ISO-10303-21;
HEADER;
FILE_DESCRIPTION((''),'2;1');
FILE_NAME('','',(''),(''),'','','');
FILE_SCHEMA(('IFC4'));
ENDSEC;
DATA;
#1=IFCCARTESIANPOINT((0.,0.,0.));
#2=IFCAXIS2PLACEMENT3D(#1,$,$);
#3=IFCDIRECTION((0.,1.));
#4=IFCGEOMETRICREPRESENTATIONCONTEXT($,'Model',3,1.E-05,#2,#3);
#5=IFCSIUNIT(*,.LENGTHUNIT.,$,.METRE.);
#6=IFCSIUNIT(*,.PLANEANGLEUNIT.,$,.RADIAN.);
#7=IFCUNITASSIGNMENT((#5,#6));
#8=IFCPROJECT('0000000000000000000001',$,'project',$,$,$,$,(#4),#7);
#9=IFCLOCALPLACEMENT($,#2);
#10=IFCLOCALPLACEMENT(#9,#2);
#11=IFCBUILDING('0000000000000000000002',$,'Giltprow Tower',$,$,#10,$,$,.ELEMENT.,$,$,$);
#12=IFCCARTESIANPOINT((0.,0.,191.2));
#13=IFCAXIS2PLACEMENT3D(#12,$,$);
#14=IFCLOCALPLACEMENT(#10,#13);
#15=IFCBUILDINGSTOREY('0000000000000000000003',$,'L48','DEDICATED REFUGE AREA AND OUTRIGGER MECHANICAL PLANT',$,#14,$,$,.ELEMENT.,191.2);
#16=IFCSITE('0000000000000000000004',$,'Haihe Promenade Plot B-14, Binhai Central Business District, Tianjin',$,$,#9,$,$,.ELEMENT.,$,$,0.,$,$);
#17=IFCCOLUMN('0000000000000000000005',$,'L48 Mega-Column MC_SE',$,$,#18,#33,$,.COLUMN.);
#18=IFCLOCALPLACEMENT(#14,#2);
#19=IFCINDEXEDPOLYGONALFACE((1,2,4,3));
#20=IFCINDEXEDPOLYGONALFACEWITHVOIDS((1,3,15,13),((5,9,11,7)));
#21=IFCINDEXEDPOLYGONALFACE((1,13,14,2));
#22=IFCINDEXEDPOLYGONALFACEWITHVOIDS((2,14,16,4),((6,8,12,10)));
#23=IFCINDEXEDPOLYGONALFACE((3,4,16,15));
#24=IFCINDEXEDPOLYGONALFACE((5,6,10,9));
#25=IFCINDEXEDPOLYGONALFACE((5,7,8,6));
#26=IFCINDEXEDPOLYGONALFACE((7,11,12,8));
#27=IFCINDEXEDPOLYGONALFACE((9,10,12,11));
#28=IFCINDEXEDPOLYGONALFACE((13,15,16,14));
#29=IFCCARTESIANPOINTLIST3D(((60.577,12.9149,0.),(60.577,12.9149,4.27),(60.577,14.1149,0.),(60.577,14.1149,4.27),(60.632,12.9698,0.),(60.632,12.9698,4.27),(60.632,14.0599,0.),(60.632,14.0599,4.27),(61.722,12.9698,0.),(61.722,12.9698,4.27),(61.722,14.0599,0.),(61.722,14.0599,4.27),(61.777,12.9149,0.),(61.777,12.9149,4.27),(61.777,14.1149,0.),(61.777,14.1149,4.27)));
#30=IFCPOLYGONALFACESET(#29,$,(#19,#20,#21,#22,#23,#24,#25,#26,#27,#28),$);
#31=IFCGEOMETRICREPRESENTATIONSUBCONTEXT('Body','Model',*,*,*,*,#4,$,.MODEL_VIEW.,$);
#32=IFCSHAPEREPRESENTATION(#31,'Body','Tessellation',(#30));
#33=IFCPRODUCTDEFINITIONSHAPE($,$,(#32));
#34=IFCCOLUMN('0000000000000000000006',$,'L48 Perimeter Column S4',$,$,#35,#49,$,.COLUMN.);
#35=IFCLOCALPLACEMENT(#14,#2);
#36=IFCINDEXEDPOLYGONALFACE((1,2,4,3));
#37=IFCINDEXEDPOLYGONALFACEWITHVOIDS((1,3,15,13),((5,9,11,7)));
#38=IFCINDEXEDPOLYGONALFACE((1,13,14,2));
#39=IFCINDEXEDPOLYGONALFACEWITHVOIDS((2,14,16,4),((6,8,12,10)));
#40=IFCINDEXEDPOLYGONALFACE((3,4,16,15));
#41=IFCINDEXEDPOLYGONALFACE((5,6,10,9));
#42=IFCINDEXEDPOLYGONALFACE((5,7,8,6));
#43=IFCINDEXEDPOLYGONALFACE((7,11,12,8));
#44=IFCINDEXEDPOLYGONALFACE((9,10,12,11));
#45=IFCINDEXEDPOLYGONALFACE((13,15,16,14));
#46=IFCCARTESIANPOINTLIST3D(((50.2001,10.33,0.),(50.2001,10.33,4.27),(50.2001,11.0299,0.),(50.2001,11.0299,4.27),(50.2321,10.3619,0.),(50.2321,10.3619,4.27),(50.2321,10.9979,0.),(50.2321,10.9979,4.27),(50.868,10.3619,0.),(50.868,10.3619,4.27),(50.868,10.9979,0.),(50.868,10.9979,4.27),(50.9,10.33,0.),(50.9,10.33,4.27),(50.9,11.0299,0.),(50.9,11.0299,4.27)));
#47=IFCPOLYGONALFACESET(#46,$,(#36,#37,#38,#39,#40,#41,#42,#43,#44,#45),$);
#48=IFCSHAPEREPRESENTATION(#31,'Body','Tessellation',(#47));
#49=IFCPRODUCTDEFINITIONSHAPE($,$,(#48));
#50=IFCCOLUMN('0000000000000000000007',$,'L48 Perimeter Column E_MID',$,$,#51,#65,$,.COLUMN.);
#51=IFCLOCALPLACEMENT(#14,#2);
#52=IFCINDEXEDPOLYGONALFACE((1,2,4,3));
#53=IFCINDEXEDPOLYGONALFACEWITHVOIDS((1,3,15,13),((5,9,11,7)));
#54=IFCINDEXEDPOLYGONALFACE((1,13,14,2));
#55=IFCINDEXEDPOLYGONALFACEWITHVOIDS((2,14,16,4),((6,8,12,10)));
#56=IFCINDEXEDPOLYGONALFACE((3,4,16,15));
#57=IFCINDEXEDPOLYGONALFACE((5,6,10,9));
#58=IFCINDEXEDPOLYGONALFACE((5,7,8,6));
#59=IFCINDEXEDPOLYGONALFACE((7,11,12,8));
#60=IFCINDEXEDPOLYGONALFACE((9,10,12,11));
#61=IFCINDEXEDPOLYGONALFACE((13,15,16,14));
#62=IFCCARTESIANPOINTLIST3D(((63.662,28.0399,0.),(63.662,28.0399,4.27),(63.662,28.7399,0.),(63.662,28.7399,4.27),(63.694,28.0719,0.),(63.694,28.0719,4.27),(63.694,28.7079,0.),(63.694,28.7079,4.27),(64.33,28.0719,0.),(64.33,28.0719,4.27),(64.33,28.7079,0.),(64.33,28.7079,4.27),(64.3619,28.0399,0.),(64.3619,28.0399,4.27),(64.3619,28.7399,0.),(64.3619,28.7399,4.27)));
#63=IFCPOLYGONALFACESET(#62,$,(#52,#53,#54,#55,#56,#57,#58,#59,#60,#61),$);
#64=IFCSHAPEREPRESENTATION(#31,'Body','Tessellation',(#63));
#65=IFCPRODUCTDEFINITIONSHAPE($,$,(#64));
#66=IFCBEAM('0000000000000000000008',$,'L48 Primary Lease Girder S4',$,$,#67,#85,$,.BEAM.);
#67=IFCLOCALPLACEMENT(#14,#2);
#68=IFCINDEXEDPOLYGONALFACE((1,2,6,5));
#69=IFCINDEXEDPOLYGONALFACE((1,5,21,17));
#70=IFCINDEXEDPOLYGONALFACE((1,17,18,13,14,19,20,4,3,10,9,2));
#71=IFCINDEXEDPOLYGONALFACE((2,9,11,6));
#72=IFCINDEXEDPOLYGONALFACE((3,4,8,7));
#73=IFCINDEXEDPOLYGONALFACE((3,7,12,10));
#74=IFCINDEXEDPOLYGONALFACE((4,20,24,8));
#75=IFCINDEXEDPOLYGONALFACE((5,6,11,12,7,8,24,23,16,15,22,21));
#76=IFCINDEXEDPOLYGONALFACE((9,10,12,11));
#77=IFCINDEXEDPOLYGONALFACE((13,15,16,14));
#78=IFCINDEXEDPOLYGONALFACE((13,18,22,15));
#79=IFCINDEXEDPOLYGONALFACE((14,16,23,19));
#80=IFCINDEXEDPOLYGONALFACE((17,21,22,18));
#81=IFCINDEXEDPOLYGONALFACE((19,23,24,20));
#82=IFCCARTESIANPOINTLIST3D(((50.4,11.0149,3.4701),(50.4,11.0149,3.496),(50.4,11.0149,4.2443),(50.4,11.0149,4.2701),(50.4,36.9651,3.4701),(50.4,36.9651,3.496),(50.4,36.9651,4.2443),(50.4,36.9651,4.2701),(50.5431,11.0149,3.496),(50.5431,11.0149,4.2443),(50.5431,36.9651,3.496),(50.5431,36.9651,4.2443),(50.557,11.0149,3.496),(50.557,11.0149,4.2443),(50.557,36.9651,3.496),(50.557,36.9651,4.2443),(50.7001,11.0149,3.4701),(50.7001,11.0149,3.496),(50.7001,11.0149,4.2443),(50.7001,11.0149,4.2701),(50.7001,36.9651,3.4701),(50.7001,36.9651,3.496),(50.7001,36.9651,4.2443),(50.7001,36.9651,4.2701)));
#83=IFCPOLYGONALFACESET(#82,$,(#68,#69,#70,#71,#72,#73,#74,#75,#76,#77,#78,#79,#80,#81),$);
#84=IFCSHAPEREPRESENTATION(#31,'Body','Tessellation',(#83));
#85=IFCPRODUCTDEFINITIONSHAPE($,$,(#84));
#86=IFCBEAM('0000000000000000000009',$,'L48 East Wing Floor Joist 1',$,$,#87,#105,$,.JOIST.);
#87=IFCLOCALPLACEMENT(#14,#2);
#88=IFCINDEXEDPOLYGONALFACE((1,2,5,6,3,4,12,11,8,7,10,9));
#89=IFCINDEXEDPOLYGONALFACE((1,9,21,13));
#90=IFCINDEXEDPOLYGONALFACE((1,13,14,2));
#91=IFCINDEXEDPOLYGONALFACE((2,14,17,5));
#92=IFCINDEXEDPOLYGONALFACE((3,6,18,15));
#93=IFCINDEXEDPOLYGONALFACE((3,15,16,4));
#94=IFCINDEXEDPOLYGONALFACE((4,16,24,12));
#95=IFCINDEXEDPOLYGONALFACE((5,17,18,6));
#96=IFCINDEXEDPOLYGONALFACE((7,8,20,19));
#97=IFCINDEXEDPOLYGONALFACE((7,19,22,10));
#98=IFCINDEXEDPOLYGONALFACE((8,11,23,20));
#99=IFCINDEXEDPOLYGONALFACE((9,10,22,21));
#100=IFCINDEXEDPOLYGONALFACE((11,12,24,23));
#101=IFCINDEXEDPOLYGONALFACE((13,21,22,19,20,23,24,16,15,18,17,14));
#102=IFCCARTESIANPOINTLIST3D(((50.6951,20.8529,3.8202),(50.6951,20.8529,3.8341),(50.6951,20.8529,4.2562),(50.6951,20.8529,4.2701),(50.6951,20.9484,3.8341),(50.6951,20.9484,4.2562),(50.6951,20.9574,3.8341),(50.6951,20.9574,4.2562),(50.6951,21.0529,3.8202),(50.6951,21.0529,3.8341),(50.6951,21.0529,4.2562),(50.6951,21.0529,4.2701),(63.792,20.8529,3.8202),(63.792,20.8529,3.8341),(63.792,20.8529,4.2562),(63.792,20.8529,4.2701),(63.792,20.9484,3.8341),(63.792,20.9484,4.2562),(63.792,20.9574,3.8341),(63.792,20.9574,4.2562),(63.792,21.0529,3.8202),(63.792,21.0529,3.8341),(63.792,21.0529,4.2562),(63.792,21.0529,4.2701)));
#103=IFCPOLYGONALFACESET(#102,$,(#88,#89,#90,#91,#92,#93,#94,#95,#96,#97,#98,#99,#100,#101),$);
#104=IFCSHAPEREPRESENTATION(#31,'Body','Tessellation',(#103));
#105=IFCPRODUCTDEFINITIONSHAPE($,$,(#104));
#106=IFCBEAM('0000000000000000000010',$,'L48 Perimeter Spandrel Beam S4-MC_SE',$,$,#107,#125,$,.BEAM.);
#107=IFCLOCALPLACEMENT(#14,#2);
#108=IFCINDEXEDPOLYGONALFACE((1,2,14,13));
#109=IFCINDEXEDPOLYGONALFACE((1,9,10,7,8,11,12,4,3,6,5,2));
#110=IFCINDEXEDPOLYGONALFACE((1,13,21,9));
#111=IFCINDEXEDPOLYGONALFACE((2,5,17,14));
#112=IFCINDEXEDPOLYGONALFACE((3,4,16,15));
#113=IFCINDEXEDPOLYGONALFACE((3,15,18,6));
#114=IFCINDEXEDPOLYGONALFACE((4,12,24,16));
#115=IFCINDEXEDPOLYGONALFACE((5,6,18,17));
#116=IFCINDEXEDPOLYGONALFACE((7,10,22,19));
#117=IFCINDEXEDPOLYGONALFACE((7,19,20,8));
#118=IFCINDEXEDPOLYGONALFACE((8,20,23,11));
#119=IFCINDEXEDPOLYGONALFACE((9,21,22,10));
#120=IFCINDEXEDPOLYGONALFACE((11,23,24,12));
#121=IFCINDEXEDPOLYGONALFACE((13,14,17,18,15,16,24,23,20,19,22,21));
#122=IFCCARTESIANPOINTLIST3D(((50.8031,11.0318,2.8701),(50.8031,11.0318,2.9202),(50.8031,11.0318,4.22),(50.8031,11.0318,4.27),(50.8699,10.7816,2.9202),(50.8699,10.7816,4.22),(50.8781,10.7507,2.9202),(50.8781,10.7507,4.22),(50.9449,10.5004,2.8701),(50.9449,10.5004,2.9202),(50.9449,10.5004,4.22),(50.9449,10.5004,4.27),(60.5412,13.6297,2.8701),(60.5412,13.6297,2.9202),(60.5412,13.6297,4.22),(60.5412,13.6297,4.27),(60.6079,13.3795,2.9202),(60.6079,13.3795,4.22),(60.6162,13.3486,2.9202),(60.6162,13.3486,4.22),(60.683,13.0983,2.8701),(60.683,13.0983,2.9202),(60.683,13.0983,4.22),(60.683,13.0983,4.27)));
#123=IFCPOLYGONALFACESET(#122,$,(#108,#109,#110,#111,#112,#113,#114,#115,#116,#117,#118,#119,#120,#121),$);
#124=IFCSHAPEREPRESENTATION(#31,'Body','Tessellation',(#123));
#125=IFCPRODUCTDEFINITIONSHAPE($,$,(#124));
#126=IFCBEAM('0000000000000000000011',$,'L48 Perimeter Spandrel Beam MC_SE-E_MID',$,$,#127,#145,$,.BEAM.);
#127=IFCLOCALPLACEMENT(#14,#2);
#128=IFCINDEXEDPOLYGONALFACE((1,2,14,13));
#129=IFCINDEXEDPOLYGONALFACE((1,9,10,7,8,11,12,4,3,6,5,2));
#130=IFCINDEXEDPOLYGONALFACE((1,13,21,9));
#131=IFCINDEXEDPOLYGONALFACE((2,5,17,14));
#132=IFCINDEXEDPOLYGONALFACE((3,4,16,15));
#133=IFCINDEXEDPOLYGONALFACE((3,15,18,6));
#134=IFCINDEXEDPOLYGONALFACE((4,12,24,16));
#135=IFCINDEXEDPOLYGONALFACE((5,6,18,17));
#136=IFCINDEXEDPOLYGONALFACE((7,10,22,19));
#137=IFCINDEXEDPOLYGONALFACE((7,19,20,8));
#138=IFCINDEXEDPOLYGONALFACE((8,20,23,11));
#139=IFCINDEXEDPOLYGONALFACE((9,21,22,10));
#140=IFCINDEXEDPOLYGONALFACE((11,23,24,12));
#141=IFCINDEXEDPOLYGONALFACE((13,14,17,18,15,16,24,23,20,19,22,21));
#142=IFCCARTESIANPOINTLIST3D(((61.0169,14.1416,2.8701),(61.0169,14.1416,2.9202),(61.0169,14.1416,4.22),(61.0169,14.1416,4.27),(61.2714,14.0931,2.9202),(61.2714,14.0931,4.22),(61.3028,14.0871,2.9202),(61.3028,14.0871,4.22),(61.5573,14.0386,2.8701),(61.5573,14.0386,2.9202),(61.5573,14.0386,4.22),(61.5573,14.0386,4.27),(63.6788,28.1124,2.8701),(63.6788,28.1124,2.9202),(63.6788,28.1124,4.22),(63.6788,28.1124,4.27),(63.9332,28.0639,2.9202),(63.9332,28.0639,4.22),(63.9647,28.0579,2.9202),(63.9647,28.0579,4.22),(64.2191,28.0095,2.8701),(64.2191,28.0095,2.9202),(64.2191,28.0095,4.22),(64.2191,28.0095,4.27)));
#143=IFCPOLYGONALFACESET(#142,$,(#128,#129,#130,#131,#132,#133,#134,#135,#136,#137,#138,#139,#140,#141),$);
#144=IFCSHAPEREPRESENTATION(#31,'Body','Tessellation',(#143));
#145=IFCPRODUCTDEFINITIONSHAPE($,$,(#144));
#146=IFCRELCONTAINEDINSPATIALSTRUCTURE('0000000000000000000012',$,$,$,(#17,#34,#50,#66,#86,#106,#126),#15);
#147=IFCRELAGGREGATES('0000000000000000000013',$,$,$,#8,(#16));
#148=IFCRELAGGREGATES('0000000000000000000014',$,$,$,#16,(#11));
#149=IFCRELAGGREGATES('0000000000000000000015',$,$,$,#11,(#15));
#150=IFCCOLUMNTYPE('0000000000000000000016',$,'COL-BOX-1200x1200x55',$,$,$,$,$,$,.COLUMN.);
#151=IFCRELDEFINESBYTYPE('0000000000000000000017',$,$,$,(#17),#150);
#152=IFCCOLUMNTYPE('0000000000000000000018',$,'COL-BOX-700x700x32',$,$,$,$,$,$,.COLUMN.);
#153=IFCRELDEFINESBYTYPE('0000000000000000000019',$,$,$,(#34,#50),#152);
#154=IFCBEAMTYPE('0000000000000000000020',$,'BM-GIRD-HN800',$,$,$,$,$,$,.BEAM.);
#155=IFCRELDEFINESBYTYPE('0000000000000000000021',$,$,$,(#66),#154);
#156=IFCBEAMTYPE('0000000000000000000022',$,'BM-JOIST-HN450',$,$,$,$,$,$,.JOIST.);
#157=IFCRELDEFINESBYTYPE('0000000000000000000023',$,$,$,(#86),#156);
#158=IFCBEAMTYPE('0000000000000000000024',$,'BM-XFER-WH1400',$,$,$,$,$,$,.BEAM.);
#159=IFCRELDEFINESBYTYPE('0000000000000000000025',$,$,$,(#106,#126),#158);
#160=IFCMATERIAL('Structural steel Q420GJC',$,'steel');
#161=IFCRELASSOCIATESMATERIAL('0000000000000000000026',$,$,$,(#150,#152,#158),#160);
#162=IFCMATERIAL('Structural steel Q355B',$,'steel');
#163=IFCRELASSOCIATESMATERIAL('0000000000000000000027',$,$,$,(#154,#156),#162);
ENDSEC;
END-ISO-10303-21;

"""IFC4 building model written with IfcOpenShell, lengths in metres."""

from ifc_helpers import new_model, si_unit, direction, frame, origin, origin_2d, place, context, subcontext, project, spatial, hollow_rectangle, i_section, extrude, source, transform, mapped, material, material_profile, profile_set, type_object, element, save


model = new_model("IFC4")

# Units and contexts
model_context = context("Model", 3, precision=1e-05, world=origin(), true_north=direction((0.0, 1.0)))
body_context = subcontext(model_context, "Body", "Model", "MODEL_VIEW")
ifc_project = project(units=[si_unit("LENGTHUNIT", "METRE"), si_unit("PLANEANGLEUNIT", "RADIAN")], contexts=[model_context])

# Site, building, storey
site_placement = place(None, origin())
site = spatial("IfcSite", under=ifc_project, at=site_placement, Name="Haihe Promenade Plot B-14, Binhai Central Business District, Tianjin", CompositionType="ELEMENT", RefElevation=0.0)
building_placement = place(site_placement, origin())
building = spatial("IfcBuilding", under=site, at=building_placement, Name="Giltprow Tower", CompositionType="ELEMENT")
storey_placement = place(building_placement, frame((0.0, 0.0, 191.2)))
storey = spatial("IfcBuildingStorey", under=building, at=storey_placement, Name="L48", Description="DEDICATED REFUGE AREA AND OUTRIGGER MECHANICAL PLANT", CompositionType="ELEMENT", Elevation=191.2)

# Columns
ifc_material_1 = material(Name="Structural steel Q420GJC", Category="steel")
ifc_material_profile_1 = material_profile(ifc_material_1, hollow_rectangle(XDim=1.2, YDim=1.2, WallThickness=0.0549, at=origin_2d()), Name="BOX 1200x1200x55")
ifc_profile_set_1 = profile_set([ifc_material_profile_1], Name="Structural steel Q420GJC")
column_type_1 = type_object("IfcColumnType", Name="COL-BOX-1200x1200x55", PredefinedType="COLUMN", material=ifc_profile_set_1)
shared_shape_1 = source(origin(), body_context, "Body", "SweptSolid", [
    extrude(hollow_rectangle(XDim=1.2, YDim=1.2, WallThickness=0.0549, at=origin_2d()), origin(), (0.0, 0.0, 1.0), 4.27),
])
column_placement = place(storey_placement, frame((61.177, 13.5149, 0.0), z_axis=(0.0, 0.0, 1.0), x_axis=(1.0, 0.0, 0.0)))
element("IfcColumn", 1, at=column_placement, inside=storey, type_object=column_type_1, Name="L48 Mega-Column MC_SE", PredefinedType="COLUMN", context=body_context, shape_type="MappedRepresentation", body=[
    mapped(shared_shape_1, transform((0.0, 0.0, 0.0), x_axis=(1.0, 0.0, 0.0), y_axis=(0.0, 1.0, 0.0), z_axis=(0.0, 0.0, 1.0), scale=1.0)),
])
ifc_material_profile_2 = material_profile(ifc_material_1, hollow_rectangle(XDim=0.7, YDim=0.7, WallThickness=0.032, at=origin_2d()), Name="BOX 700x700x32")
ifc_profile_set_2 = profile_set([ifc_material_profile_2], Name="Structural steel Q420GJC")
column_type_2 = type_object("IfcColumnType", Name="COL-BOX-700x700x32", PredefinedType="COLUMN", material=ifc_profile_set_2)
shared_shape_2 = source(origin(), body_context, "Body", "SweptSolid", [
    extrude(hollow_rectangle(XDim=0.7, YDim=0.7, WallThickness=0.032, at=origin_2d()), origin(), (0.0, 0.0, 1.0), 4.27),
])
for number, where, z_axis, x_axis, name in (
    (2, (50.55, 10.6799, 0.0), (0.0, 0.0, 1.0), (1.0, 0.0, 0.0), "L48 Perimeter Column S4"),
    (3, (64.012, 28.3899, 0.0), (0.0, 0.0, 1.0), (1.0, 0.0, 0.0), "L48 Perimeter Column E_MID"),
):
    element("IfcColumn", number, at=place(storey_placement, frame(where, z_axis=z_axis, x_axis=x_axis)), inside=storey, type_object=column_type_2, Name=name, PredefinedType="COLUMN", context=body_context, shape_type="MappedRepresentation", body=[
        mapped(shared_shape_2, transform((0.0, 0.0, 0.0), x_axis=(1.0, 0.0, 0.0), y_axis=(0.0, 1.0, 0.0), z_axis=(0.0, 0.0, 1.0), scale=1.0)),
    ])

# Beams
ifc_material_2 = material(Name="Structural steel Q355B", Category="steel")
ifc_material_profile_3 = material_profile(ifc_material_2, i_section(OverallWidth=0.3, OverallDepth=0.8, WebThickness=0.0139, FlangeThickness=0.0259, at=origin_2d()), Name="HN 800x300x14x26")
ifc_profile_set_3 = profile_set([ifc_material_profile_3], Name="Structural steel Q355B")
beam_type_1 = type_object("IfcBeamType", Name="BM-GIRD-HN800", PredefinedType="BEAM", material=ifc_profile_set_3)
shared_shape_3 = source(origin(), body_context, "Body", "SweptSolid", [
    extrude(i_section(OverallWidth=0.3, OverallDepth=0.8, WebThickness=0.0139, FlangeThickness=0.0259, at=origin_2d()), origin(), (0.0, 0.0, 1.0), 25.9502),
])
beam_1_placement = place(storey_placement, frame((50.55, 11.0149, 3.8701), z_axis=(0.0, 1.0, 0.0), x_axis=(-1.0, 0.0, 0.0)))
element("IfcBeam", 4, at=beam_1_placement, inside=storey, type_object=beam_type_1, Name="L48 Primary Lease Girder S4", PredefinedType="BEAM", context=body_context, shape_type="MappedRepresentation", body=[
    mapped(shared_shape_3, transform((0.0, 0.0, 0.0), x_axis=(1.0, 0.0, 0.0), y_axis=(0.0, 1.0, 0.0), z_axis=(0.0, 0.0, 1.0), scale=1.0)),
])
ifc_material_profile_4 = material_profile(ifc_material_2, i_section(OverallWidth=0.2, OverallDepth=0.45, WebThickness=0.009, FlangeThickness=0.0139, at=origin_2d()), Name="HN 450x200x9x14")
ifc_profile_set_4 = profile_set([ifc_material_profile_4], Name="Structural steel Q355B")
beam_type_2 = type_object("IfcBeamType", Name="BM-JOIST-HN450", PredefinedType="JOIST", material=ifc_profile_set_4)
shared_shape_4 = source(origin(), body_context, "Body", "SweptSolid", [
    extrude(i_section(OverallWidth=0.2, OverallDepth=0.45, WebThickness=0.009, FlangeThickness=0.0139, at=origin_2d()), origin(), (0.0, 0.0, 1.0), 13.0969),
])
beam_2_placement = place(storey_placement, frame((50.6951, 20.9529, 4.0452), z_axis=(1.0, 0.0, 0.0), x_axis=(0.0, 1.0, 0.0)))
element("IfcBeam", 5, at=beam_2_placement, inside=storey, type_object=beam_type_2, Name="L48 East Wing Floor Joist 1", PredefinedType="JOIST", context=body_context, shape_type="MappedRepresentation", body=[
    mapped(shared_shape_4, transform((0.0, 0.0, 0.0), x_axis=(1.0, 0.0, 0.0), y_axis=(0.0, 1.0, 0.0), z_axis=(0.0, 0.0, 1.0), scale=1.0)),
])
ifc_material_profile_5 = material_profile(ifc_material_1, i_section(OverallWidth=0.55, OverallDepth=1.3999, WebThickness=0.032, FlangeThickness=0.05, at=origin_2d()), Name="WH 1400x550x32x50")
ifc_profile_set_5 = profile_set([ifc_material_profile_5], Name="Structural steel Q420GJC")
beam_type_3 = type_object("IfcBeamType", Name="BM-XFER-WH1400", PredefinedType="BEAM", material=ifc_profile_set_5)
shared_shape_5 = source(origin(), body_context, "Body", "SweptSolid", [
    extrude(i_section(OverallWidth=0.55, OverallDepth=1.3999, WebThickness=0.032, FlangeThickness=0.05, at=origin_2d()), origin(), (0.0, 0.0, 1.0), 10.0786),
])
beam_3_placement = place(storey_placement, frame((50.874, 10.7661, 3.5701), z_axis=(0.966208, 0.257764, 0.0), x_axis=(-0.257764, 0.966208, 0.0)))
element("IfcBeam", 6, at=beam_3_placement, inside=storey, type_object=beam_type_3, Name="L48 Perimeter Spandrel Beam S4-MC_SE", PredefinedType="BEAM", context=body_context, shape_type="MappedRepresentation", body=[
    mapped(shared_shape_5, transform((0.0, 0.0, 0.0), x_axis=(1.0, 0.0, 0.0), y_axis=(0.0, 1.0, 0.0), z_axis=(0.0, 0.0, 1.0), scale=1.0)),
])
shared_shape_6 = source(origin(), body_context, "Body", "SweptSolid", [
    extrude(i_section(OverallWidth=0.55, OverallDepth=1.3999, WebThickness=0.032, FlangeThickness=0.05, at=origin_2d()), origin(), (0.0, 0.0, 1.0), 14.2222),
])
beam_4_placement = place(storey_placement, frame((61.2871, 14.0901, 3.5701), z_axis=(0.187162, 0.982329, 0.0), x_axis=(-0.982329, 0.187162, 0.0)))
element("IfcBeam", 7, at=beam_4_placement, inside=storey, type_object=beam_type_3, Name="L48 Perimeter Spandrel Beam MC_SE-E_MID", PredefinedType="BEAM", context=body_context, shape_type="MappedRepresentation", body=[
    mapped(shared_shape_6, transform((0.0, 0.0, 0.0), x_axis=(1.0, 0.0, 0.0), y_axis=(0.0, 1.0, 0.0), z_axis=(0.0, 0.0, 1.0), scale=1.0)),
])

save(model, "model.ifc")
